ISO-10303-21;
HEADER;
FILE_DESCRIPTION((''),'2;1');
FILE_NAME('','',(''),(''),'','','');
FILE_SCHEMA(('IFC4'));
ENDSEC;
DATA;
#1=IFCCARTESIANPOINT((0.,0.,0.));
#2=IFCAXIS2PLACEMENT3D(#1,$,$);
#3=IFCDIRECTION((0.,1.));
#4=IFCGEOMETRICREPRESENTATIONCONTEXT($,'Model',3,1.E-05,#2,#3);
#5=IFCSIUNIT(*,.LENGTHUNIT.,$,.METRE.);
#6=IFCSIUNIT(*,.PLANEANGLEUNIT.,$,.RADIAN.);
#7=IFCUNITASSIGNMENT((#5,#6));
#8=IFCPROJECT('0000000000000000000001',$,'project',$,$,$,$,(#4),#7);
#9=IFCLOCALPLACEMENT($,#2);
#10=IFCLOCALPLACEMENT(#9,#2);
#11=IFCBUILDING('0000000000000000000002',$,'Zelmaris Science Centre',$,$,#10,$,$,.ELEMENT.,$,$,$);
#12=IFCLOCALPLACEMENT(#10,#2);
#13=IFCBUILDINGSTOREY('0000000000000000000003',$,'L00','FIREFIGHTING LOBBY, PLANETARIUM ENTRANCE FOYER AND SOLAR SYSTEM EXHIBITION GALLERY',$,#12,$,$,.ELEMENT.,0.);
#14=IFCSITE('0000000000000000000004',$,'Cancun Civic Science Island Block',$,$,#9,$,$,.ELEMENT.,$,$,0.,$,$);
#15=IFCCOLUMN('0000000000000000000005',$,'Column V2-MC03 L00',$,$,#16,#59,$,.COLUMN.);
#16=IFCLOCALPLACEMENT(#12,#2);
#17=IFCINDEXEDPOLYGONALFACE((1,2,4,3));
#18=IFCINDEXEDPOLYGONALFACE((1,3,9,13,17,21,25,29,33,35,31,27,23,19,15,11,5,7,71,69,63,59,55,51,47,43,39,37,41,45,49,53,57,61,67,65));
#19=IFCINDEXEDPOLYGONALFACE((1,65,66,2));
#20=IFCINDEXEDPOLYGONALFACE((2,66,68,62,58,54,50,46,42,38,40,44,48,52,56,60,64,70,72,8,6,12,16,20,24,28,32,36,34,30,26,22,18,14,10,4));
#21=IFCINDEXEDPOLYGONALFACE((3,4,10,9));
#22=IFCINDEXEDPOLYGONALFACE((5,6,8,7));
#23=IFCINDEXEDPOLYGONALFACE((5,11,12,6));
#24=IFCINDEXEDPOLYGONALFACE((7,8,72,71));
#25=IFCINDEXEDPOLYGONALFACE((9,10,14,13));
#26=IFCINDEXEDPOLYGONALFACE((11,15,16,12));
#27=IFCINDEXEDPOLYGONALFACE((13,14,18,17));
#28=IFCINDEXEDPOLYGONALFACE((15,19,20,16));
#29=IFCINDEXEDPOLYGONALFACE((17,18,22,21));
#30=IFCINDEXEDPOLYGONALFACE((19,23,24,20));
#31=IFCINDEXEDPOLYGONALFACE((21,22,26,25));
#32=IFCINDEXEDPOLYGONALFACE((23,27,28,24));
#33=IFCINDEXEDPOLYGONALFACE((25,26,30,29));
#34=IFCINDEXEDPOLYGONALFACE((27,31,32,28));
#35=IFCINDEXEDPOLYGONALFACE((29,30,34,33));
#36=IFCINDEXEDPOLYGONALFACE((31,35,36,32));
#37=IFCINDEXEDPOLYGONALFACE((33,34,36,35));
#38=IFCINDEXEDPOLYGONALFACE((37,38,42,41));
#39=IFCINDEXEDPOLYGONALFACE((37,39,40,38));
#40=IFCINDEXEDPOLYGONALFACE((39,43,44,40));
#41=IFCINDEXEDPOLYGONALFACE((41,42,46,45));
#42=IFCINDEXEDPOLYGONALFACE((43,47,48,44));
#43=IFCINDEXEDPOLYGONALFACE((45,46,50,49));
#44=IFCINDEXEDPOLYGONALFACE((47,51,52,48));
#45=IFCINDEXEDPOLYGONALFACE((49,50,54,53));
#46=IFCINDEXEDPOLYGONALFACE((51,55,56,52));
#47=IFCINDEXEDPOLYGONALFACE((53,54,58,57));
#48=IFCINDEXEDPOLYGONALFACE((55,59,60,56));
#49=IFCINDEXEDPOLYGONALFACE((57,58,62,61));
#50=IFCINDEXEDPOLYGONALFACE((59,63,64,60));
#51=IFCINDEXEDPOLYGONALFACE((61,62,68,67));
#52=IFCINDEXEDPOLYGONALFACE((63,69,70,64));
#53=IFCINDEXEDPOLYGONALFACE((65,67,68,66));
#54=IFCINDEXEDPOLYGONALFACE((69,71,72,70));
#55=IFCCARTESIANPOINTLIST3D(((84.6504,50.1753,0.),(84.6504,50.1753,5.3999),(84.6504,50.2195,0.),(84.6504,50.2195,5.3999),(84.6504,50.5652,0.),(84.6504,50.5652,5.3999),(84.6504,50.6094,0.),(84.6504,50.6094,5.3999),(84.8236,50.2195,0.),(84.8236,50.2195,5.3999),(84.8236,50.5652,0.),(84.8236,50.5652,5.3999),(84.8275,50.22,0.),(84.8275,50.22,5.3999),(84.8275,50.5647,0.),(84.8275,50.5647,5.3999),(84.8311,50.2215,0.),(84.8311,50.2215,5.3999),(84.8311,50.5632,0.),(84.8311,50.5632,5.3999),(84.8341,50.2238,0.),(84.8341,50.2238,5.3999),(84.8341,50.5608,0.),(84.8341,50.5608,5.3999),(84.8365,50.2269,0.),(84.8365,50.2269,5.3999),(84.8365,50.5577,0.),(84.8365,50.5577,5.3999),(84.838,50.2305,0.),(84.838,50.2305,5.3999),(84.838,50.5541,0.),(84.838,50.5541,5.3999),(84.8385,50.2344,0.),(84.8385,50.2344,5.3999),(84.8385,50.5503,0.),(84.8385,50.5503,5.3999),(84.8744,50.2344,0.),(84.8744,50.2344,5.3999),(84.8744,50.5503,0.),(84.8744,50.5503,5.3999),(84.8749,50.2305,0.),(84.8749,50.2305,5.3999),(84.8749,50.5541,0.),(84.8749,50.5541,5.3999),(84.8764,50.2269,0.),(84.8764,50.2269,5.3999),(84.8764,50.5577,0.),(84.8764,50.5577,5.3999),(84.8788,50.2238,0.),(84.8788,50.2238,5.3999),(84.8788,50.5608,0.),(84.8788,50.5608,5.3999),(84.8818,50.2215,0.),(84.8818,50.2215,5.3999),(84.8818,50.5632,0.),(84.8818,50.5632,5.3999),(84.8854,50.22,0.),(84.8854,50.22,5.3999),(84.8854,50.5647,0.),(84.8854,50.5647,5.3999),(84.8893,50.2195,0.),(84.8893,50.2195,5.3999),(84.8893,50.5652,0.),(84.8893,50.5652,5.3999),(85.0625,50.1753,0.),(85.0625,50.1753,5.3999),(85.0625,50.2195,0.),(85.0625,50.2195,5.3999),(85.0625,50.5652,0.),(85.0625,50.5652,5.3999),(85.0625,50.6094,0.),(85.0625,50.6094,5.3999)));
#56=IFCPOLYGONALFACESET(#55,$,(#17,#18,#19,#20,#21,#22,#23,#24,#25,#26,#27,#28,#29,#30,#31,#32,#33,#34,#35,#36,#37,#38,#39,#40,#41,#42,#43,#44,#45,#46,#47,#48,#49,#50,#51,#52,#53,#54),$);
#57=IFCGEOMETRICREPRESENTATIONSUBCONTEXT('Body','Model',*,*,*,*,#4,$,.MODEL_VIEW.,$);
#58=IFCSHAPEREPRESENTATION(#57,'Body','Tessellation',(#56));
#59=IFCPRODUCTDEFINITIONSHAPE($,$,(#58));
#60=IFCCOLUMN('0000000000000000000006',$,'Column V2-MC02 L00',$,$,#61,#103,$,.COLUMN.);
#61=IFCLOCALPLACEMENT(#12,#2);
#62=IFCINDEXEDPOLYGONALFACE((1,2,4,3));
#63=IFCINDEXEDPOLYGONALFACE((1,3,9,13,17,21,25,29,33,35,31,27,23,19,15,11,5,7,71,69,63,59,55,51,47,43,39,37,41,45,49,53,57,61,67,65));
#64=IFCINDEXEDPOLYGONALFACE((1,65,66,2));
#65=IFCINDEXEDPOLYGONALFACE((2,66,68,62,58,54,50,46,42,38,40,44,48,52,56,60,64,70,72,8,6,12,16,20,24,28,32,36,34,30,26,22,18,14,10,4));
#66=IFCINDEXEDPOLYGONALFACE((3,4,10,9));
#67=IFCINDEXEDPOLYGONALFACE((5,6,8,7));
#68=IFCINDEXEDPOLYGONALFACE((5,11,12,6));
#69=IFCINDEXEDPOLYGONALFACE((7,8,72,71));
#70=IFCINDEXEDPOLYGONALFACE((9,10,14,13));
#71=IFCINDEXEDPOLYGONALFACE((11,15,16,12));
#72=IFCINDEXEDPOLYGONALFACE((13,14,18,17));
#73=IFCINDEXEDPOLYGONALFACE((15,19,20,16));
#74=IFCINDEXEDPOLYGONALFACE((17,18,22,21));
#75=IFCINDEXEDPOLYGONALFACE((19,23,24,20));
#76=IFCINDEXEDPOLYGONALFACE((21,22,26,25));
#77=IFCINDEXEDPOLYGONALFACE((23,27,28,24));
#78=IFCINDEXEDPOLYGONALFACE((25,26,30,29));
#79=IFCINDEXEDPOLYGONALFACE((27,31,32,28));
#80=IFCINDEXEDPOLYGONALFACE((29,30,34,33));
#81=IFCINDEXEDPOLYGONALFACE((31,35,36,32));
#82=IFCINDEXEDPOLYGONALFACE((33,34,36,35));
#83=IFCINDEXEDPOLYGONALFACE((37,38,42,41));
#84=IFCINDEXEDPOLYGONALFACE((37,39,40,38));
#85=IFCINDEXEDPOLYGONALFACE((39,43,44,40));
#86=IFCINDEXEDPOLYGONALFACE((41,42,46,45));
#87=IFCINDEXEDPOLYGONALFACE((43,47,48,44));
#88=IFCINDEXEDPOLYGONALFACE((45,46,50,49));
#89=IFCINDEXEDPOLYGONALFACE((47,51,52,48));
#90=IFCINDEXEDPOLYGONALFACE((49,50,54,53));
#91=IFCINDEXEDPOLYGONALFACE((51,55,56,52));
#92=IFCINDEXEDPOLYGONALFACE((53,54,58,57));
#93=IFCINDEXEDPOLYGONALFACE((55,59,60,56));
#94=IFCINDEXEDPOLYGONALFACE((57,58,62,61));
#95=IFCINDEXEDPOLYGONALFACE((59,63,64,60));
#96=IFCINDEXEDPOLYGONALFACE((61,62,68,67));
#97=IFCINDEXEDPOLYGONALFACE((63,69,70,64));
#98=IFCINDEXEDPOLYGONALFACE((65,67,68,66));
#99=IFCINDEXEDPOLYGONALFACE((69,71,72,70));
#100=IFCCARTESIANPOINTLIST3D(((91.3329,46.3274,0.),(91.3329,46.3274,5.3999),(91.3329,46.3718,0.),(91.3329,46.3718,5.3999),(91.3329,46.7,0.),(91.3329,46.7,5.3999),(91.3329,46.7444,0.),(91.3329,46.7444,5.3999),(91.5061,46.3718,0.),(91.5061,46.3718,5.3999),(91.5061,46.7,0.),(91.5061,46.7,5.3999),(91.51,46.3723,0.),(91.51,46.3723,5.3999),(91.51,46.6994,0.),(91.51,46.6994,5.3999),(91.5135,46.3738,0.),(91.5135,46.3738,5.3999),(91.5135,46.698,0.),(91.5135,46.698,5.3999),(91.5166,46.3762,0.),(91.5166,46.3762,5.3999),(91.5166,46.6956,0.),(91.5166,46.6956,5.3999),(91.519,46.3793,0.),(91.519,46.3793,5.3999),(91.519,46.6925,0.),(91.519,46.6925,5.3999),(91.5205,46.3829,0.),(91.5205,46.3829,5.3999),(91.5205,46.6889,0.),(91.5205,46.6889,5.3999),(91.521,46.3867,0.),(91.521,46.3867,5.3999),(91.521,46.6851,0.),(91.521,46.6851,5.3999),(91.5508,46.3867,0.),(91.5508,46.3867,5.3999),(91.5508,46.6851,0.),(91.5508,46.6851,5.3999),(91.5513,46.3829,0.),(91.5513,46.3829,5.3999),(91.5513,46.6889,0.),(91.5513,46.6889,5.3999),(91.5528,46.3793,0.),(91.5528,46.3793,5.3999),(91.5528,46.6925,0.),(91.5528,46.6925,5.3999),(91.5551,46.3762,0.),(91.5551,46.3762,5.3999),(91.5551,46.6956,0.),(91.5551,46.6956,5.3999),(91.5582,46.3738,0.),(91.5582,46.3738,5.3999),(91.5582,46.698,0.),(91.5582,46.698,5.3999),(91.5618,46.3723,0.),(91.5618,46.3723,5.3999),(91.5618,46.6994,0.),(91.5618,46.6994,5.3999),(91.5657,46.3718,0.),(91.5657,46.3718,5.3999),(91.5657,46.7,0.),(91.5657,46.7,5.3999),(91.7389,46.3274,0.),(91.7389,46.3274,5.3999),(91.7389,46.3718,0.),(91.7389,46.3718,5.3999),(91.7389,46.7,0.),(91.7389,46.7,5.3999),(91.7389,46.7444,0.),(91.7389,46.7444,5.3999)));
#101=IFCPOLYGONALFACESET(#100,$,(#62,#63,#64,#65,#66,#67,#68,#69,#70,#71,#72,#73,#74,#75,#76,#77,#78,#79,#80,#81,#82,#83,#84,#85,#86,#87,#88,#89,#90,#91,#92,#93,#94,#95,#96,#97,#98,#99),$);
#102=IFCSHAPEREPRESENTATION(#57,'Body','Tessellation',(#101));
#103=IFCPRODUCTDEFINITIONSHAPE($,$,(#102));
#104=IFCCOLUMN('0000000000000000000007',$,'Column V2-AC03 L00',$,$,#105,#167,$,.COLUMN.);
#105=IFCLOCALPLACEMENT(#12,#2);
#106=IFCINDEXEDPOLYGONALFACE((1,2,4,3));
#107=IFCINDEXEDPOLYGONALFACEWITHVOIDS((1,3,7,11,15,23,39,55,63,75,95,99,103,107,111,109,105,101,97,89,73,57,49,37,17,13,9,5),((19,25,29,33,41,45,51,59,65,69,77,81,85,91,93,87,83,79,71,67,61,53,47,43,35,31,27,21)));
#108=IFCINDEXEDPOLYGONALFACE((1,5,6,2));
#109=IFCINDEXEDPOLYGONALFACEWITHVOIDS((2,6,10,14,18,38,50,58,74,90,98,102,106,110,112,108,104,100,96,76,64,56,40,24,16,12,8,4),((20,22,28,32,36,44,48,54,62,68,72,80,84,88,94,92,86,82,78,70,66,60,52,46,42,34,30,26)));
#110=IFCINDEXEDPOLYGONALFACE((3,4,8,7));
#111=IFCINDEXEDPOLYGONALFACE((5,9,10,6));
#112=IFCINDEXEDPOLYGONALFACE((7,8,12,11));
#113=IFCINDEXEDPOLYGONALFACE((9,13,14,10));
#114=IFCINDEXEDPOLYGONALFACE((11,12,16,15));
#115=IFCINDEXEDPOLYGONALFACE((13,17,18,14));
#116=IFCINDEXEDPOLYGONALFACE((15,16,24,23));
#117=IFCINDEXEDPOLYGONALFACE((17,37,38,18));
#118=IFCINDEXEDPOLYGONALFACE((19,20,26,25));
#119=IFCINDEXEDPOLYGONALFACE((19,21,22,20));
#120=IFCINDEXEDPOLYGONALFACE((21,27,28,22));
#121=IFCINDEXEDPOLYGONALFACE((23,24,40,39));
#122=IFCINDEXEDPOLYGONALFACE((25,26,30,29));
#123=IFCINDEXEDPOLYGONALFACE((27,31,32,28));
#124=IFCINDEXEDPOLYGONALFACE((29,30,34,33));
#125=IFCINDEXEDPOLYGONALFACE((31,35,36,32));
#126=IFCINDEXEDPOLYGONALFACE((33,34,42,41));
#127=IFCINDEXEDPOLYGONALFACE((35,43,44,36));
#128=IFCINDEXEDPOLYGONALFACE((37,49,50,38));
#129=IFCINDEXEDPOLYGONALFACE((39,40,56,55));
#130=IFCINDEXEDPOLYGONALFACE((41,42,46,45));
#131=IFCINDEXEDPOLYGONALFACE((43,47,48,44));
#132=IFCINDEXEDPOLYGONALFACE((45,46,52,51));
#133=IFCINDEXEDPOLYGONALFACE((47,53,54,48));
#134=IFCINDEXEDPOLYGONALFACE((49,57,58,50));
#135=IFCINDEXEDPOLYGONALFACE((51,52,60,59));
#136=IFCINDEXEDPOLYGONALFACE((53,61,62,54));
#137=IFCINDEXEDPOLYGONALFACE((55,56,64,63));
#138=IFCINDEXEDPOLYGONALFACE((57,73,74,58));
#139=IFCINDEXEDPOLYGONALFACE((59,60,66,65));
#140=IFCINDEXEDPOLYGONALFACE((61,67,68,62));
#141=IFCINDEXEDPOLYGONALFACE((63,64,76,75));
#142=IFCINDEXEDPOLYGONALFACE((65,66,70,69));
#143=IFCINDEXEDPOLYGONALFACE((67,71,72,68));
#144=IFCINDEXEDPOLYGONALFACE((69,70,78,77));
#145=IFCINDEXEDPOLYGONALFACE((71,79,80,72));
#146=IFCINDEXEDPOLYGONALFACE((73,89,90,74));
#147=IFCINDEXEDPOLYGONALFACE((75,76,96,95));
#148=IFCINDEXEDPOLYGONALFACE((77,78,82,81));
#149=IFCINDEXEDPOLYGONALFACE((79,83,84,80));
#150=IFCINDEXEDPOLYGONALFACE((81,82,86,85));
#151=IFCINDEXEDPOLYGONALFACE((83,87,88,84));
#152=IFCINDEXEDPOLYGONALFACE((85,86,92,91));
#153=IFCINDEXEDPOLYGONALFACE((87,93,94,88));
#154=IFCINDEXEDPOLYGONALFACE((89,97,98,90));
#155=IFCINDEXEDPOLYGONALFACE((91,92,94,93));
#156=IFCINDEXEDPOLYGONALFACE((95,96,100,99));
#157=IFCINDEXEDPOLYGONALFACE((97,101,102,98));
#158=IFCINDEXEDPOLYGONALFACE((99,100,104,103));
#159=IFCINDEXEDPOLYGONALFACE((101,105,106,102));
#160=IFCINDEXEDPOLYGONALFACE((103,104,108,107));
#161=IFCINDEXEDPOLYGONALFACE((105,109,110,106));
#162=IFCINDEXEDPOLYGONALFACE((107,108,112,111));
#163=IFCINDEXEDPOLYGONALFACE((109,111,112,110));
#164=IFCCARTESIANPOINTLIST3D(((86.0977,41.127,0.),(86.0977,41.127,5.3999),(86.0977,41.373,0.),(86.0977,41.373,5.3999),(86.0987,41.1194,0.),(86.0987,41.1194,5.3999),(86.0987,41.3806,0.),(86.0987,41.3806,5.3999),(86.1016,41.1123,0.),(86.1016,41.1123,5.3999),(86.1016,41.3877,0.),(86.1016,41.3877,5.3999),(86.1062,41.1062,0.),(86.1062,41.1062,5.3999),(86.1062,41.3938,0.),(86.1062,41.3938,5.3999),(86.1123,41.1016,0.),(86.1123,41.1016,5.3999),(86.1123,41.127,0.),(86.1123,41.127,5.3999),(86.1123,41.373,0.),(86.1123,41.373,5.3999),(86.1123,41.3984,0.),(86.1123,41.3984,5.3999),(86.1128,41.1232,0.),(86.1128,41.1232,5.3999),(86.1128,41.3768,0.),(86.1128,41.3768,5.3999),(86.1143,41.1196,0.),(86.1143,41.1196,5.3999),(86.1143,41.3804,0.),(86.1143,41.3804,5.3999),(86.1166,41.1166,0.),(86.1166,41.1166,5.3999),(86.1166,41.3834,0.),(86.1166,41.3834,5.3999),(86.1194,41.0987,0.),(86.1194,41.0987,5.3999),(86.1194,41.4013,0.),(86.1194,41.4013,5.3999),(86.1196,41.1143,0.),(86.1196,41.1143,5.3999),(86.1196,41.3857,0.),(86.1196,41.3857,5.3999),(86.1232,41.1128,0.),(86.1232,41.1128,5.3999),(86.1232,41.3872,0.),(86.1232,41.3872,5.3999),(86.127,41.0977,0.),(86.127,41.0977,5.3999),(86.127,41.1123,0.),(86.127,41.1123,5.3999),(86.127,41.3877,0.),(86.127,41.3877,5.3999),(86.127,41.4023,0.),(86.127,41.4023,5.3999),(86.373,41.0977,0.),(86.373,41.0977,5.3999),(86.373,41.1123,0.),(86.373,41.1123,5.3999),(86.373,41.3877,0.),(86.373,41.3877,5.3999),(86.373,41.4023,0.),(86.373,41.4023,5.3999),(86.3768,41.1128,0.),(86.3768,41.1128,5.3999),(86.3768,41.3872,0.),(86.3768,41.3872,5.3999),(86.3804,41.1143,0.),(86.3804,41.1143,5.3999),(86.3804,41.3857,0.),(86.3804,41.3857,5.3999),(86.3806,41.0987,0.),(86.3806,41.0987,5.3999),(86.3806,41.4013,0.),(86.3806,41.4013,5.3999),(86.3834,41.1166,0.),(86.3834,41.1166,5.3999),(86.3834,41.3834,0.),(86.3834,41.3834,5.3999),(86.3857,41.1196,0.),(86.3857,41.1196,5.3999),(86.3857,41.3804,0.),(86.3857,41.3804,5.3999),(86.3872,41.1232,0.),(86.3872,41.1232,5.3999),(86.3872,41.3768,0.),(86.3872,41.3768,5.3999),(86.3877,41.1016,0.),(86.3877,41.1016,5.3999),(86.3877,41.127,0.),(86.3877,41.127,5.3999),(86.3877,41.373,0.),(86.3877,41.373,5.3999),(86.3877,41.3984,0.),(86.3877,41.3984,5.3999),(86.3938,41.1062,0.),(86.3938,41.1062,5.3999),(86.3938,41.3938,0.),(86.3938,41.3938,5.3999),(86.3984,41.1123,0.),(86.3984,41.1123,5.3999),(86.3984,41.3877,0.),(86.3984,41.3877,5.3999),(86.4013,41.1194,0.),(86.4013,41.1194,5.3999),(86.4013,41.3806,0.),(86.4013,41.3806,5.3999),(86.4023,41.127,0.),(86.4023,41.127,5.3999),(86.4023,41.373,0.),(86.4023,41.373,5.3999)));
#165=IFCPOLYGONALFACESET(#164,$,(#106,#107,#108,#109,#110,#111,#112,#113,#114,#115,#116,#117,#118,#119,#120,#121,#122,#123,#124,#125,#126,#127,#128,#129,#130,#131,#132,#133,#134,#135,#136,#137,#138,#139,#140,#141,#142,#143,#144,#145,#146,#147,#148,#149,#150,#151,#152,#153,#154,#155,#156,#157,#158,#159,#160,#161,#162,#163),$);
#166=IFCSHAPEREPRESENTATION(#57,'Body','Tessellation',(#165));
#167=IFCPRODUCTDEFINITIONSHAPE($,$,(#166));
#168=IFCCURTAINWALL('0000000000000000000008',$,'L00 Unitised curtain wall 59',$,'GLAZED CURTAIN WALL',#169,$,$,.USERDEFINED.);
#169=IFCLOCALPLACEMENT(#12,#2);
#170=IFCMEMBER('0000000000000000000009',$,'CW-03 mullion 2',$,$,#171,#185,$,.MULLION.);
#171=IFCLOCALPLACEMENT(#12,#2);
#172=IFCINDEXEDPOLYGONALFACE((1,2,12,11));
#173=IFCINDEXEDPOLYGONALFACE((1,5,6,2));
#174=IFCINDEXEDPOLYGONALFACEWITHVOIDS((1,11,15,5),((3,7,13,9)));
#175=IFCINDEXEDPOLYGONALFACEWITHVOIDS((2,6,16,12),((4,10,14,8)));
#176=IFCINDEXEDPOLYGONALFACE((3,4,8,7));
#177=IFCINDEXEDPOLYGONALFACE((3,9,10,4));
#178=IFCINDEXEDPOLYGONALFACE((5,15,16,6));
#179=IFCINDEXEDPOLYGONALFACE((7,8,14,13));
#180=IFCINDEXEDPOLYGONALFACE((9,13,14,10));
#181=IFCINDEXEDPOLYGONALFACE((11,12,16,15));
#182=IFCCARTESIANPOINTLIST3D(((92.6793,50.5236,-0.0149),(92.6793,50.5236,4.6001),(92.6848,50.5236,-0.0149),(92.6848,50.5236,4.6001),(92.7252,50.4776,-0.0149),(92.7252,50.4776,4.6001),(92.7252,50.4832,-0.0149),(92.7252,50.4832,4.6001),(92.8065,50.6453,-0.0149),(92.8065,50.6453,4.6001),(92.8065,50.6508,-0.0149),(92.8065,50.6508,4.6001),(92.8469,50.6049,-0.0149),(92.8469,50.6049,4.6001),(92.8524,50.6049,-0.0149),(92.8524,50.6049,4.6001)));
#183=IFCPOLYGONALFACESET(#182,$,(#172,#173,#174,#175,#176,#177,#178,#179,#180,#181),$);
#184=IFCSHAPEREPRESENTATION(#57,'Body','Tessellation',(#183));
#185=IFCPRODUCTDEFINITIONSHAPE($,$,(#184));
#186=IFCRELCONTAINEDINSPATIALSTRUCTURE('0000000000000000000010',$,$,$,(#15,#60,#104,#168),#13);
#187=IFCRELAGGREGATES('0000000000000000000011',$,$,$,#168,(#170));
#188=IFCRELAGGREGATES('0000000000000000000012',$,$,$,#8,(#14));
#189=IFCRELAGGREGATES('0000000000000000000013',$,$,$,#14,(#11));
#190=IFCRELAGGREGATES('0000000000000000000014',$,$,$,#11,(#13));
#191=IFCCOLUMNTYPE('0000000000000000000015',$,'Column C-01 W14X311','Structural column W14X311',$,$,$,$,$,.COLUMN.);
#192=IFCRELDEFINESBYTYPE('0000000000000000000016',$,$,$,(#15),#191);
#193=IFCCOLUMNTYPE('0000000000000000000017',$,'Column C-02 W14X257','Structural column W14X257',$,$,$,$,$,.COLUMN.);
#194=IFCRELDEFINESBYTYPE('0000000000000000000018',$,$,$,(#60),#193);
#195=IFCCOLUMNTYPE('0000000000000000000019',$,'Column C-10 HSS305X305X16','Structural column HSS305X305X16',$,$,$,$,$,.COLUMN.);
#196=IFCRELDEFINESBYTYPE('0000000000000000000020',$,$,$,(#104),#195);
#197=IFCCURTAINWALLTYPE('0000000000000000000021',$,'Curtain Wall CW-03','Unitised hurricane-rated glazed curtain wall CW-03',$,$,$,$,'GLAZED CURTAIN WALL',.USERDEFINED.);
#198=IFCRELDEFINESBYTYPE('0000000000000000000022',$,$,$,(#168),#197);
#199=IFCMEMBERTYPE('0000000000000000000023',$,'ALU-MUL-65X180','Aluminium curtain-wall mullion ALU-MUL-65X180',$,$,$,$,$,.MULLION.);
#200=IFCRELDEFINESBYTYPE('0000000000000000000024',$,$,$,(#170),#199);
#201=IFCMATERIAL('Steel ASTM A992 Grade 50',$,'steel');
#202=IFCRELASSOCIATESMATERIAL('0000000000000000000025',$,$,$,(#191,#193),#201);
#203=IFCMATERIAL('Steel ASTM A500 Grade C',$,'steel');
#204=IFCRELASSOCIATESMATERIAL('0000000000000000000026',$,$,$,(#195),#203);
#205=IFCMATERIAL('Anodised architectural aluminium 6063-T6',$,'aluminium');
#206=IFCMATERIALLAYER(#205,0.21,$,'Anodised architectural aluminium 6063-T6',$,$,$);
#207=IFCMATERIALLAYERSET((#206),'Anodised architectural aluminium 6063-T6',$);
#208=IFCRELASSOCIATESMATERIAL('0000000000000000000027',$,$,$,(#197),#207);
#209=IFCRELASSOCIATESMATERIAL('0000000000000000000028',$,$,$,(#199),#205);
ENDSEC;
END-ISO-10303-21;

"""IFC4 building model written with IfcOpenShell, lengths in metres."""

from ifc_helpers import new_model, si_unit, direction, frame, origin, origin_2d, place, context, subcontext, project, spatial, hollow_rectangle, i_section, extrude, material, layer, layer_set, material_profile, profile_set, type_object, element, aggregate, save


model = new_model("IFC4")

# Units and contexts
model_context = context("Model", 3, precision=1e-05, world=origin(), true_north=direction((0.0, 1.0)))
body_context = subcontext(model_context, "Body", "Model", "MODEL_VIEW")
ifc_project = project(units=[si_unit("LENGTHUNIT", "METRE"), si_unit("PLANEANGLEUNIT", "RADIAN")], contexts=[model_context])

# Site, building, storey
site_placement = place(None, origin())
site = spatial("IfcSite", under=ifc_project, at=site_placement, Name="Cancun Civic Science Island Block", CompositionType="ELEMENT", RefElevation=0.0)
building_placement = place(site_placement, origin())
building = spatial("IfcBuilding", under=site, at=building_placement, Name="Zelmaris Science Centre", CompositionType="ELEMENT")
storey_placement = place(building_placement, origin())
storey = spatial("IfcBuildingStorey", under=building, at=storey_placement, Name="L00", Description="FIREFIGHTING LOBBY, PLANETARIUM ENTRANCE FOYER AND SOLAR SYSTEM EXHIBITION GALLERY", CompositionType="ELEMENT", Elevation=0.0)

# Columns
ifc_material_1 = material(Name="Steel ASTM A992 Grade 50", Category="steel")
ifc_material_profile_1 = material_profile(ifc_material_1, i_section(OverallWidth=0.4121, OverallDepth=0.4341, WebThickness=0.0359, FlangeThickness=0.0442, FilletRadius=0.0149, at=origin_2d()), Name="W14X311")
ifc_profile_set_1 = profile_set([ifc_material_profile_1], Name="Steel ASTM A992 Grade 50")
column_type_1 = type_object("IfcColumnType", Name="Column C-01 W14X311", Description="Structural column W14X311", PredefinedType="COLUMN", material=ifc_profile_set_1)
column_1_placement = place(storey_placement, frame((84.8564, 50.3923, 0.0), z_axis=(0.0, 0.0, 1.0), x_axis=(1.0, 0.0, 0.0)))
element("IfcColumn", 1, at=column_1_placement, inside=storey, type_object=column_type_1, Name="Column V2-MC03 L00", PredefinedType="COLUMN", context=body_context, shape_type="SweptSolid", body=[
    extrude(i_section(OverallWidth=0.4121, OverallDepth=0.4341, WebThickness=0.0359, FlangeThickness=0.0442, FilletRadius=0.0149, at=origin_2d()), origin(), (0.0, 0.0, 1.0), 5.3999),
])
ifc_material_profile_2 = material_profile(ifc_material_1, i_section(OverallWidth=0.406, OverallDepth=0.417, WebThickness=0.0298, FlangeThickness=0.0444, FilletRadius=0.0149, at=origin_2d()), Name="W14X257")
ifc_profile_set_2 = profile_set([ifc_material_profile_2], Name="Steel ASTM A992 Grade 50")
column_type_2 = type_object("IfcColumnType", Name="Column C-02 W14X257", Description="Structural column W14X257", PredefinedType="COLUMN", material=ifc_profile_set_2)
column_2_placement = place(storey_placement, frame((91.5359, 46.5359, 0.0), z_axis=(0.0, 0.0, 1.0), x_axis=(1.0, 0.0, 0.0)))
element("IfcColumn", 2, at=column_2_placement, inside=storey, type_object=column_type_2, Name="Column V2-MC02 L00", PredefinedType="COLUMN", context=body_context, shape_type="SweptSolid", body=[
    extrude(i_section(OverallWidth=0.406, OverallDepth=0.417, WebThickness=0.0298, FlangeThickness=0.0444, FilletRadius=0.0149, at=origin_2d()), origin(), (0.0, 0.0, 1.0), 5.3999),
])
ifc_material_2 = material(Name="Steel ASTM A500 Grade C", Category="steel")
ifc_material_profile_3 = material_profile(ifc_material_2, hollow_rectangle(XDim=0.3047, YDim=0.3047, WallThickness=0.0146, InnerFilletRadius=0.0146, OuterFilletRadius=0.0293, at=origin_2d()), Name="HSS305X305X16")
ifc_profile_set_3 = profile_set([ifc_material_profile_3], Name="Steel ASTM A500 Grade C")
column_type_3 = type_object("IfcColumnType", Name="Column C-10 HSS305X305X16", Description="Structural column HSS305X305X16", PredefinedType="COLUMN", material=ifc_profile_set_3)
column_3_placement = place(storey_placement, frame((86.25, 41.25, 0.0), z_axis=(0.0, 0.0, 1.0), x_axis=(1.0, 0.0, 0.0)))
element("IfcColumn", 3, at=column_3_placement, inside=storey, type_object=column_type_3, Name="Column V2-AC03 L00", PredefinedType="COLUMN", context=body_context, shape_type="SweptSolid", body=[
    extrude(hollow_rectangle(XDim=0.3047, YDim=0.3047, WallThickness=0.0146, InnerFilletRadius=0.0146, OuterFilletRadius=0.0293, at=origin_2d()), origin(), (0.0, 0.0, 1.0), 5.3999),
])

# Curtain wall, member
ifc_material_3 = material(Name="Anodised architectural aluminium 6063-T6", Category="aluminium")
ifc_layer_1 = layer(ifc_material_3, 0.21, Name="Anodised architectural aluminium 6063-T6")
ifc_layer_set_1 = layer_set([ifc_layer_1], Name="Anodised architectural aluminium 6063-T6")
curtain_wall_type = type_object("IfcCurtainWallType", Name="Curtain Wall CW-03", Description="Unitised hurricane-rated glazed curtain wall CW-03", ElementType="GLAZED CURTAIN WALL", PredefinedType="USERDEFINED", material=ifc_layer_set_1)
curtain_wall_placement = place(storey_placement, origin())
curtain_wall = element("IfcCurtainWall", 4, at=curtain_wall_placement, inside=storey, type_object=curtain_wall_type, Name="L00 Unitised curtain wall 59", ObjectType="GLAZED CURTAIN WALL", PredefinedType="USERDEFINED")
ifc_material_profile_4 = material_profile(ifc_material_3, hollow_rectangle(XDim=0.0649, YDim=0.1799, WallThickness=0.0039, at=origin_2d()), Name="ALU-MUL-65X180")
ifc_profile_set_4 = profile_set([ifc_material_profile_4], Name="Anodised architectural aluminium 6063-T6")
member_type_1 = type_object("IfcMemberType", Name="ALU-MUL-65X180", Description="Aluminium curtain-wall mullion ALU-MUL-65X180", PredefinedType="MULLION", material=ifc_profile_set_4)
member_1_placement = place(storey_placement, frame((92.7659, 50.5642, -0.0149), z_axis=(0.0, 0.0, 1.0), x_axis=(0.707107, -0.707107, 0.0)))
member_1 = element("IfcMember", 5, at=member_1_placement, type_object=member_type_1, Name="CW-03 mullion 2", PredefinedType="MULLION", context=body_context, shape_type="SweptSolid", body=[
    extrude(hollow_rectangle(XDim=0.0649, YDim=0.1799, WallThickness=0.0039, at=origin_2d()), origin(), (0.0, 0.0, 1.0), 4.615),
])

aggregate(curtain_wall, [member_1])

save(model, "model.ifc")
